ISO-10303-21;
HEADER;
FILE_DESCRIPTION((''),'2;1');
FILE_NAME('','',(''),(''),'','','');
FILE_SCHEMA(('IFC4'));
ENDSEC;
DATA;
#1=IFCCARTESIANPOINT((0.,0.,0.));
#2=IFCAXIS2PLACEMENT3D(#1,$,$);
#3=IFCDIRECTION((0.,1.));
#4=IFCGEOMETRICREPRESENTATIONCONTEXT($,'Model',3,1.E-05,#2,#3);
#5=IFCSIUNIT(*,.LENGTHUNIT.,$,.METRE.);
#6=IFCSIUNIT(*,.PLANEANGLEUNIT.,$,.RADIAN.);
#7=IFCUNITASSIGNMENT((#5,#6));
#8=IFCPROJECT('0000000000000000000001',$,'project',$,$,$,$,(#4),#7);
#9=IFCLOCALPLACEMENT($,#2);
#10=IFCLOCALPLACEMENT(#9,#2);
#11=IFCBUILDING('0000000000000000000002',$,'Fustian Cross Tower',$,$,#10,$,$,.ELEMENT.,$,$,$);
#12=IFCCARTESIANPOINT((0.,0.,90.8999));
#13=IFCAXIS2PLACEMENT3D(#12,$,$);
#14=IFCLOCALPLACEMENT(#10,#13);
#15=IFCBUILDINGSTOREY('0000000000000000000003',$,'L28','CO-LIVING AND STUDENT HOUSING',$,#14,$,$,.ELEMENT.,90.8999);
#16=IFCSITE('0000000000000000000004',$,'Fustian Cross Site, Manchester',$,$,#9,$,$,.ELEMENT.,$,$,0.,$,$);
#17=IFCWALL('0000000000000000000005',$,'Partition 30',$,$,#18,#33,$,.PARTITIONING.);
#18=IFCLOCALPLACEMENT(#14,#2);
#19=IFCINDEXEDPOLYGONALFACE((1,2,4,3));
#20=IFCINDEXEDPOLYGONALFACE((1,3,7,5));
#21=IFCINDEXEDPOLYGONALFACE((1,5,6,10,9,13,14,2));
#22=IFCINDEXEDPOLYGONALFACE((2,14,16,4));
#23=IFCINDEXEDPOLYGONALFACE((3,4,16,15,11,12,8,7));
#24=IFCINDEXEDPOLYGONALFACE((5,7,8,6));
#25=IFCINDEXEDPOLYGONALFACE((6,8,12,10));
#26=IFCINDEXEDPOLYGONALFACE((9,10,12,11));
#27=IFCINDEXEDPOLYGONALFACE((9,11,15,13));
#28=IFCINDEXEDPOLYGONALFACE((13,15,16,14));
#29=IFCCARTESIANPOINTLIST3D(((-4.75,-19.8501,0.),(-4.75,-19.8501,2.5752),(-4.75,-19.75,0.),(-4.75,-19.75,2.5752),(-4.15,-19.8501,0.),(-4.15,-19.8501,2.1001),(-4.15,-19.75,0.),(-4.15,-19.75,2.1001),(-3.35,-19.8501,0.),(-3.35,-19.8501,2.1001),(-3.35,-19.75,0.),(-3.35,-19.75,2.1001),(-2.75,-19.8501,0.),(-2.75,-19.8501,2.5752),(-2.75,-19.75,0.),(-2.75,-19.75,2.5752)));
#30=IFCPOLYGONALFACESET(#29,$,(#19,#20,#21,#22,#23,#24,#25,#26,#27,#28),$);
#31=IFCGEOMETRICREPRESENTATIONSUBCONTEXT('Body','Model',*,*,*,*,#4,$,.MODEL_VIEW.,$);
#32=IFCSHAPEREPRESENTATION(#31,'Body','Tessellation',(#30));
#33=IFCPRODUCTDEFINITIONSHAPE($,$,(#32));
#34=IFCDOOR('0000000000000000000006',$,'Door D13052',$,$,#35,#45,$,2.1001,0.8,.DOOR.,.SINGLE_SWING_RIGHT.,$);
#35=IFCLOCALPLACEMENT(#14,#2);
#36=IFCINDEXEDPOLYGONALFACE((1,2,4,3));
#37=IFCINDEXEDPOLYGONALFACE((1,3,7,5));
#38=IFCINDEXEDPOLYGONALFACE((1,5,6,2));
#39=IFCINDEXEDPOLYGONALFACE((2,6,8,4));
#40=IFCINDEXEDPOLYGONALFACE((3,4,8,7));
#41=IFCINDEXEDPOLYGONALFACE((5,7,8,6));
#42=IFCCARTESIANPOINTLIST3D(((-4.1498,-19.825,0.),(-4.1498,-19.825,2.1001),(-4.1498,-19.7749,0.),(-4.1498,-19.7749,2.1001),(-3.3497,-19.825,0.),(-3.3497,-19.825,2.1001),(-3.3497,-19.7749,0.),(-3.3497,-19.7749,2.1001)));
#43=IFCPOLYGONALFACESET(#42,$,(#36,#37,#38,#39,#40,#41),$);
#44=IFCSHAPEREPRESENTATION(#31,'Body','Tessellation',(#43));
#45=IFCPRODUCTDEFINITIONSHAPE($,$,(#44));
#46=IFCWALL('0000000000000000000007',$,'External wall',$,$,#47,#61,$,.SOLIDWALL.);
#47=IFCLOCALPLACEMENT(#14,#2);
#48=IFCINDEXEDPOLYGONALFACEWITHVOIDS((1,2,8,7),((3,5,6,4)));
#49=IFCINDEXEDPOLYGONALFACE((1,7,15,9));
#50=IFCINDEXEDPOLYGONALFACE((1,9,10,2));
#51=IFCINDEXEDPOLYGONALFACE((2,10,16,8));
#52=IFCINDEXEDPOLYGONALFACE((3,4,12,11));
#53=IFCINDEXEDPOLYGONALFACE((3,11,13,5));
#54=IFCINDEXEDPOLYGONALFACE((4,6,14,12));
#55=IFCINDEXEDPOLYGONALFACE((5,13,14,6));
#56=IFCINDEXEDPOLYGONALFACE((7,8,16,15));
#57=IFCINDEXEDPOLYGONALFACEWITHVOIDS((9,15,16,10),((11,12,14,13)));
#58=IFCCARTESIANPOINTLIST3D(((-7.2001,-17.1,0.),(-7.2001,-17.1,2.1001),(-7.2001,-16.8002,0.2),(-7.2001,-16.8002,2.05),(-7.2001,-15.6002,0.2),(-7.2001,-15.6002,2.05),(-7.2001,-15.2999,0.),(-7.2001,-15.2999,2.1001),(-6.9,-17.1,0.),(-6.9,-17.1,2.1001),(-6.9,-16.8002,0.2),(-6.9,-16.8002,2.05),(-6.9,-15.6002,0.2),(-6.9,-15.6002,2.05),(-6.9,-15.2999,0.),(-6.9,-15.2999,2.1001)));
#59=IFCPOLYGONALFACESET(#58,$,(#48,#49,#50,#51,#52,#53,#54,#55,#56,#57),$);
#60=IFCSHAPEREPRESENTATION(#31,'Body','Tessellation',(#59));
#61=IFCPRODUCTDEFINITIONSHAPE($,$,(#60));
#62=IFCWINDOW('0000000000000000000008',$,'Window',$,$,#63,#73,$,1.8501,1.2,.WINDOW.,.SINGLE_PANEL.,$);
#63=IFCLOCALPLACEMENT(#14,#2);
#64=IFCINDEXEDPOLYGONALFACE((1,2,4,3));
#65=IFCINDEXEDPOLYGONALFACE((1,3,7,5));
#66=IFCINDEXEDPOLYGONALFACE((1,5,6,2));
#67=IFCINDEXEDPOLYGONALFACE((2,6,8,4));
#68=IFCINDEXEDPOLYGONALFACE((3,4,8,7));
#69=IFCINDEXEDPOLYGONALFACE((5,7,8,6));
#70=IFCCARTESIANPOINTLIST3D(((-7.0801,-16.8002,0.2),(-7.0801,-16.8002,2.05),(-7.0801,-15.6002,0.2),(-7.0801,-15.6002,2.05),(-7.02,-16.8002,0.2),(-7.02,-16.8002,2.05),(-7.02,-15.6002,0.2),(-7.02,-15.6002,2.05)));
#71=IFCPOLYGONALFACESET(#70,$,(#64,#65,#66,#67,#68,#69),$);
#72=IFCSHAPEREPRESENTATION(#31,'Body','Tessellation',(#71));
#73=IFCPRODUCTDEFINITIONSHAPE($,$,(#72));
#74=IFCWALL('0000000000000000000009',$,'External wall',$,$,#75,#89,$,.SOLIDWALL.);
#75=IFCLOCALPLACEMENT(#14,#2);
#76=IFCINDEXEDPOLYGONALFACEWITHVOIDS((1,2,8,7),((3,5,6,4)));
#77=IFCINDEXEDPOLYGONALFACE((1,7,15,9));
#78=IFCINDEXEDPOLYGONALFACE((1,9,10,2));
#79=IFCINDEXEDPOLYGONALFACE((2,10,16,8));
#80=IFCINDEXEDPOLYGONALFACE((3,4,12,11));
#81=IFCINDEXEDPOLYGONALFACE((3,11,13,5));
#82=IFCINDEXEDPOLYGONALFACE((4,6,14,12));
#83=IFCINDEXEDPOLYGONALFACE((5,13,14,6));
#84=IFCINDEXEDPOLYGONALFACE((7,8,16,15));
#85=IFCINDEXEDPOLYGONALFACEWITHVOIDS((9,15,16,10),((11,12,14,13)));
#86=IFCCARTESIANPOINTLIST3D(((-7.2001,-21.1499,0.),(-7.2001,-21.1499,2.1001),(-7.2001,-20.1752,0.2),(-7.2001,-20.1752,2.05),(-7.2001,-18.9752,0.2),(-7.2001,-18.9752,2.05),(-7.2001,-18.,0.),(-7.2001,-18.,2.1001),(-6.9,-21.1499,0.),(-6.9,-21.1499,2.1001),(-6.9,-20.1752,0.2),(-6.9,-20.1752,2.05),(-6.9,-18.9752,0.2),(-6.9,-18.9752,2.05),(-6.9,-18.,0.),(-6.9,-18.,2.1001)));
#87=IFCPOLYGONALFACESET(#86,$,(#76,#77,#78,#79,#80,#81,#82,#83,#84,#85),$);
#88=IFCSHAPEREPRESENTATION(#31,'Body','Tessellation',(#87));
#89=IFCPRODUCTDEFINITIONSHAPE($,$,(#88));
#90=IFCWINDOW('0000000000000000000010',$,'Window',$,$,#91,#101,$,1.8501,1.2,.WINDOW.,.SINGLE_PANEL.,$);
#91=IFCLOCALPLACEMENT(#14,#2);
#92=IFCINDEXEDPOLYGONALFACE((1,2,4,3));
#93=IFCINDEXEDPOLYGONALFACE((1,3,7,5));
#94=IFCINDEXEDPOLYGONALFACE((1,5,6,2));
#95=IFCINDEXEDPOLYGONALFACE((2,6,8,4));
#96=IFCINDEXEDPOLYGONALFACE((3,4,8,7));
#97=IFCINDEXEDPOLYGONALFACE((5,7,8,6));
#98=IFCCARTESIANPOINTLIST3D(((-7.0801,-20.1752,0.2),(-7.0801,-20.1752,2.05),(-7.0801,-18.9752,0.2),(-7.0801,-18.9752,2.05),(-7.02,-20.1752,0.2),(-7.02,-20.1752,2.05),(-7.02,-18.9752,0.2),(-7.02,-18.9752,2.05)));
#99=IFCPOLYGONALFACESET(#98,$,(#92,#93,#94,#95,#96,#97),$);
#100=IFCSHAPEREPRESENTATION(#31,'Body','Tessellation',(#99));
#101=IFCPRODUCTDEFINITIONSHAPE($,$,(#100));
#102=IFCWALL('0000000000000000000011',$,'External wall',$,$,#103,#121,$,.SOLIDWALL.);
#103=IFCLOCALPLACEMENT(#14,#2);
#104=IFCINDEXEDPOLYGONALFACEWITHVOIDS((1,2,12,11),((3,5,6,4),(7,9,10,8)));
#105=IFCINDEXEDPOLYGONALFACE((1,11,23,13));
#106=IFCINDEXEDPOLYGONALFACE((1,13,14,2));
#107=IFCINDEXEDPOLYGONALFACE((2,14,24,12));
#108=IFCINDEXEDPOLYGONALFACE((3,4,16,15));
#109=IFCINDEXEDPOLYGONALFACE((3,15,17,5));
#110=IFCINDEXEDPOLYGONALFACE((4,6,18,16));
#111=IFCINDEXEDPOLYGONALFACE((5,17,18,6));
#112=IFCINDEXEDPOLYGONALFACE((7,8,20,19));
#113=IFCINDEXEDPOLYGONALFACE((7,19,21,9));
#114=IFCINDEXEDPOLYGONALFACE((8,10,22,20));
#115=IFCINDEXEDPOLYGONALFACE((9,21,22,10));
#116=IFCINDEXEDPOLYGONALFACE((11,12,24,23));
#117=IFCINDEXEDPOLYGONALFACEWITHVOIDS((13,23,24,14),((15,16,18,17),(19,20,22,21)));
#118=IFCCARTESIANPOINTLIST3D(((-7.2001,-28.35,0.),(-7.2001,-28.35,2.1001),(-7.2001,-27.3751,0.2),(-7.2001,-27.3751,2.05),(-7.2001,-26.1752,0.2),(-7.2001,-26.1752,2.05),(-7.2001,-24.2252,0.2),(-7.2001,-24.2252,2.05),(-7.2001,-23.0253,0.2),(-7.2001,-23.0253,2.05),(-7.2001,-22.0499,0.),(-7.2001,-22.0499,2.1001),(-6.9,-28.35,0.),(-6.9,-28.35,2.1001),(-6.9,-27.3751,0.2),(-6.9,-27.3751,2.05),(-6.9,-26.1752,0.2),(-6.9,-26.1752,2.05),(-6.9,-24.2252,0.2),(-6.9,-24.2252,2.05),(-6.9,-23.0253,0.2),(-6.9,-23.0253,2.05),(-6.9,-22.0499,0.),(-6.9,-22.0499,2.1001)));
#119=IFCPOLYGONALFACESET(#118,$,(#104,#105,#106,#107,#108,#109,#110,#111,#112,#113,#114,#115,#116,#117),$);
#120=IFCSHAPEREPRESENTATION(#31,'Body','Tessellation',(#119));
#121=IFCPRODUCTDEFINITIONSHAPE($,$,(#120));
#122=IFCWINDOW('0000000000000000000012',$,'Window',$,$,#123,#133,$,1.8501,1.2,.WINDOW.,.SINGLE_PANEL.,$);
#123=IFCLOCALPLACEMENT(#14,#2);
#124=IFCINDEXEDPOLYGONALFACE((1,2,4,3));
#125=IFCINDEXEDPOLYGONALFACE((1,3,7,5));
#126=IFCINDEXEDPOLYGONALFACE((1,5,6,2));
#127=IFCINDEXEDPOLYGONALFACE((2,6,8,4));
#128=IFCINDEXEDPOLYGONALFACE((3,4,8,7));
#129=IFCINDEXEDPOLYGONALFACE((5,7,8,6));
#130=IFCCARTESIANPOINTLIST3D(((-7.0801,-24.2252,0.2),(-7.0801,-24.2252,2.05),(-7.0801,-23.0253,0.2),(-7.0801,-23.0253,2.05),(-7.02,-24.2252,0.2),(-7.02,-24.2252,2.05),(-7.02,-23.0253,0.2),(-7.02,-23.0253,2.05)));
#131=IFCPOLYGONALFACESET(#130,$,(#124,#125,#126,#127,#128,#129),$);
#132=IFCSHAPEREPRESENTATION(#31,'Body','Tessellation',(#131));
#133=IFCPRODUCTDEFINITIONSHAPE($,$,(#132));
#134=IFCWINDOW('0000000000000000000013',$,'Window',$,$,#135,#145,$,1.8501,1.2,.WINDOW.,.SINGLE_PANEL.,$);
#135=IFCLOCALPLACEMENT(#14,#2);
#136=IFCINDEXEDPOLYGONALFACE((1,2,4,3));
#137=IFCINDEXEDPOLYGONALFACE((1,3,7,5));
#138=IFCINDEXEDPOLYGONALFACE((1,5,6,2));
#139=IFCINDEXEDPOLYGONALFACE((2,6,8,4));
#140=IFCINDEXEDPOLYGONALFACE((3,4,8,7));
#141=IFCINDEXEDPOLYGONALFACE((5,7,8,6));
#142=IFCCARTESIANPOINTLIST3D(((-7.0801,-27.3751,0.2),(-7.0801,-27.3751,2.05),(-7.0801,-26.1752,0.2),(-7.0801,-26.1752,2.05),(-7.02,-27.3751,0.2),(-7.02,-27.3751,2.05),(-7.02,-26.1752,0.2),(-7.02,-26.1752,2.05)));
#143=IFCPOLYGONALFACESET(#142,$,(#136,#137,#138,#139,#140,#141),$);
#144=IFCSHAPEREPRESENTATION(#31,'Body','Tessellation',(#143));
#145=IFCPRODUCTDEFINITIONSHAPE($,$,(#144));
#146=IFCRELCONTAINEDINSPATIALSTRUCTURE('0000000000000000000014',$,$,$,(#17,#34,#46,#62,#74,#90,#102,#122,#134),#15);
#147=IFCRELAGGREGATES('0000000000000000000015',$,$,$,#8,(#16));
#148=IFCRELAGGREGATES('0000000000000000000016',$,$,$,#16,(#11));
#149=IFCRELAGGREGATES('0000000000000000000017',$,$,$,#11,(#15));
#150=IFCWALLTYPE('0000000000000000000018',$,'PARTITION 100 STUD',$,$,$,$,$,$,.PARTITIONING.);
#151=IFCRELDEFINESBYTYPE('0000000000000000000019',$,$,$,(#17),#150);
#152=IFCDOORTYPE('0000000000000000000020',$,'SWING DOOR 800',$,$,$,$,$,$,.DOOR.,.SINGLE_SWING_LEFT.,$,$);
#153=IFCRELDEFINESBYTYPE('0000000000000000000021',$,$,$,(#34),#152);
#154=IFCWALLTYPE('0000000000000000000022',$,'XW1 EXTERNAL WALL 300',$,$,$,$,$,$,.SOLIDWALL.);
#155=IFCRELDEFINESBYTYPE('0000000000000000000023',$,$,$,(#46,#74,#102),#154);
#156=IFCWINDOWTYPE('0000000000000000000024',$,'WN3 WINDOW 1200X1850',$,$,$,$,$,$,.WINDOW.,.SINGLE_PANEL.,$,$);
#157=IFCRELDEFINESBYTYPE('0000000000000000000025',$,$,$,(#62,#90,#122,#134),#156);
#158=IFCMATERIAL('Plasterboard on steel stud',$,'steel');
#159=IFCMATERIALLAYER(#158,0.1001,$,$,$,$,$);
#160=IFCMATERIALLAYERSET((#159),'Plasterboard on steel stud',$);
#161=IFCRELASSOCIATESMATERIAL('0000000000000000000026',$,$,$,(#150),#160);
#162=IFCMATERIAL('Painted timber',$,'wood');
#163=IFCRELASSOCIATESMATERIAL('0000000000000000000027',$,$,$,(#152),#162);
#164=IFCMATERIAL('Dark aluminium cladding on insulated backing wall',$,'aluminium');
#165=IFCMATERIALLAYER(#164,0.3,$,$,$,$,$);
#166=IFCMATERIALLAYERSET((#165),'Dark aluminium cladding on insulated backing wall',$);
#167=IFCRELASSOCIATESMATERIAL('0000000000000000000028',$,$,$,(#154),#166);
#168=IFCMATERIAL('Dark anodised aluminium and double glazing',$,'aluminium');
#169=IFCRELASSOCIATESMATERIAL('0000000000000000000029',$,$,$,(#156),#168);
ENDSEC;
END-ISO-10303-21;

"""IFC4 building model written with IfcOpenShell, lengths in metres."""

from ifc_helpers import new_model, si_unit, direction, frame, frame_2d, origin, place, context, subcontext, project, spatial, rectangle, extrude, material, layer, layer_set, type_object, element, fill, save


model = new_model("IFC4")

# Units and contexts
model_context = context("Model", 3, precision=1e-05, world=origin(), true_north=direction((0.0, 1.0)))
body_context = subcontext(model_context, "Body", "Model", "MODEL_VIEW")
ifc_project = project(units=[si_unit("LENGTHUNIT", "METRE"), si_unit("PLANEANGLEUNIT", "RADIAN")], contexts=[model_context])

# Site, building, storey
site_placement = place(None, origin())
site = spatial("IfcSite", under=ifc_project, at=site_placement, Name="Fustian Cross Site, Manchester", CompositionType="ELEMENT", RefElevation=0.0)
building_placement = place(site_placement, origin())
building = spatial("IfcBuilding", under=site, at=building_placement, Name="Fustian Cross Tower", CompositionType="ELEMENT")
storey_placement = place(building_placement, frame((0.0, 0.0, 90.8999)))
storey = spatial("IfcBuildingStorey", under=building, at=storey_placement, Name="L28", Description="CO-LIVING AND STUDENT HOUSING", CompositionType="ELEMENT", Elevation=90.8999)

# Shared definitions
ifc_material_1 = material(Name="Plasterboard on steel stud", Category="steel")
ifc_layer_1 = layer(ifc_material_1, 0.1001)
ifc_layer_set_1 = layer_set([ifc_layer_1], Name="Plasterboard on steel stud")
wall_type_1 = type_object("IfcWallType", Name="PARTITION 100 STUD", PredefinedType="PARTITIONING", material=ifc_layer_set_1)

# Shared definitions
ifc_material_2 = material(Name="Painted timber", Category="wood")
door_type = type_object("IfcDoorType", Name="SWING DOOR 800", OperationType="SINGLE_SWING_LEFT", PredefinedType="DOOR", material=ifc_material_2)

# Wall, opening, door
wall_1_placement = place(storey_placement, frame((-4.75, -19.8, 0.0), z_axis=(0.0, 0.0, 1.0), x_axis=(1.0, 0.0, 0.0)))
wall_1 = element("IfcWall", 1, at=wall_1_placement, inside=storey, type_object=wall_type_1, Name="Partition 30", PredefinedType="PARTITIONING", context=body_context, shape_type="SweptSolid", body=[
    extrude(rectangle(XDim=2.0, YDim=0.1001, at=frame_2d((1.0, 0.0))), origin(), (0.0, 0.0, 1.0), 2.5752),
])
opening_1_placement = place(wall_1_placement, frame((0.6001, 0.0, 0.0)))
opening_1 = element("IfcOpeningElement", 2, at=opening_1_placement, cuts=wall_1, PredefinedType="OPENING", context=body_context, shape_type="SweptSolid", body=[
    extrude(rectangle(XDim=0.8, YDim=2.1001, at=frame_2d((0.3999, 1.05))), frame((0.0, 0.0601, 0.0), z_axis=(0.0, -1.0, 0.0), x_axis=(1.0, 0.0, 0.0)), (0.0, 0.0, 1.0), 0.1201),
])
door_1_placement = place(opening_1_placement, frame((0.8, 0.0, 0.0), z_axis=(0.0, 0.0, 1.0), x_axis=(-1.0, 0.0, 0.0)))
door_1 = element("IfcDoor", 3, at=door_1_placement, inside=storey, type_object=door_type, Name="Door D13052", OperationType="SINGLE_SWING_RIGHT", OverallHeight=2.1001, OverallWidth=0.8, PredefinedType="DOOR", context=body_context, shape_type="SweptSolid", body=[
    extrude(rectangle(XDim=0.8, YDim=2.1001, at=frame_2d((0.3999, 1.05))), frame((0.0, 0.0249, 0.0), z_axis=(0.0, -1.0, 0.0), x_axis=(1.0, 0.0, 0.0)), (0.0, 0.0, 1.0), 0.05),
])
fill(opening_1, door_1)

# Walls, openings, windows
ifc_material_3 = material(Name="Dark aluminium cladding on insulated backing wall", Category="aluminium")
ifc_layer_2 = layer(ifc_material_3, 0.3)
ifc_layer_set_2 = layer_set([ifc_layer_2], Name="Dark aluminium cladding on insulated backing wall")
wall_type_2 = type_object("IfcWallType", Name="XW1 EXTERNAL WALL 300", PredefinedType="SOLIDWALL", material=ifc_layer_set_2)
wall_2_placement = place(storey_placement, frame((-7.05, -15.3, 0.0), z_axis=(0.0, 0.0, 1.0), x_axis=(0.0, -1.0, 0.0)))
wall_2 = element("IfcWall", 4, at=wall_2_placement, inside=storey, type_object=wall_type_2, Name="External wall", PredefinedType="SOLIDWALL", context=body_context, shape_type="SweptSolid", body=[
    extrude(rectangle(XDim=1.8, YDim=0.3, at=frame_2d((0.8999, 0.0))), origin(), (0.0, 0.0, 1.0), 2.1001),
])
opening_2_placement = place(wall_2_placement, frame((0.3, 0.0, 0.2)))
opening_2 = element("IfcOpeningElement", 5, at=opening_2_placement, cuts=wall_2, PredefinedType="OPENING", context=body_context, shape_type="SweptSolid", body=[
    extrude(rectangle(XDim=1.2, YDim=1.8501, at=frame_2d((0.6001, 0.925))), frame((0.0, 0.1599, 0.0), z_axis=(0.0, -1.0, 0.0), x_axis=(1.0, 0.0, 0.0)), (0.0, 0.0, 1.0), 0.3201),
])
ifc_material_4 = material(Name="Dark anodised aluminium and double glazing", Category="aluminium")
window_type = type_object("IfcWindowType", Name="WN3 WINDOW 1200X1850", PartitioningType="SINGLE_PANEL", PredefinedType="WINDOW", material=ifc_material_4)
window_1_placement = place(opening_2_placement, origin())
window_1 = element("IfcWindow", 6, at=window_1_placement, inside=storey, type_object=window_type, Name="Window", OverallHeight=1.8501, OverallWidth=1.2, PartitioningType="SINGLE_PANEL", PredefinedType="WINDOW", context=body_context, shape_type="SweptSolid", body=[
    extrude(rectangle(XDim=1.2, YDim=1.8501, at=frame_2d((0.6001, 0.925))), frame((0.0, 0.03, 0.0), z_axis=(0.0, -1.0, 0.0), x_axis=(1.0, 0.0, 0.0)), (0.0, 0.0, 1.0), 0.0601),
])
fill(opening_2, window_1)
wall_3_placement = place(storey_placement, frame((-7.05, -18.0, 0.0), z_axis=(0.0, 0.0, 1.0), x_axis=(0.0, -1.0, 0.0)))
wall_3 = element("IfcWall", 7, at=wall_3_placement, inside=storey, type_object=wall_type_2, Name="External wall", PredefinedType="SOLIDWALL", context=body_context, shape_type="SweptSolid", body=[
    extrude(rectangle(XDim=3.1499, YDim=0.3, at=frame_2d((1.575, 0.0))), origin(), (0.0, 0.0, 1.0), 2.1001),
])
opening_3_placement = place(wall_3_placement, frame((0.9751, 0.0, 0.2)))
opening_3 = element("IfcOpeningElement", 8, at=opening_3_placement, cuts=wall_3, PredefinedType="OPENING", context=body_context, shape_type="SweptSolid", body=[
    extrude(rectangle(XDim=1.2, YDim=1.8501, at=frame_2d((0.6001, 0.925))), frame((0.0, 0.1599, 0.0), z_axis=(0.0, -1.0, 0.0), x_axis=(1.0, 0.0, 0.0)), (0.0, 0.0, 1.0), 0.3201),
])
window_2_placement = place(opening_3_placement, origin())
window_2 = element("IfcWindow", 9, at=window_2_placement, inside=storey, type_object=window_type, Name="Window", OverallHeight=1.8501, OverallWidth=1.2, PartitioningType="SINGLE_PANEL", PredefinedType="WINDOW", context=body_context, shape_type="SweptSolid", body=[
    extrude(rectangle(XDim=1.2, YDim=1.8501, at=frame_2d((0.6001, 0.925))), frame((0.0, 0.03, 0.0), z_axis=(0.0, -1.0, 0.0), x_axis=(1.0, 0.0, 0.0)), (0.0, 0.0, 1.0), 0.0601),
])
fill(opening_3, window_2)

# Wall, openings, windows
wall_4_placement = place(storey_placement, frame((-7.05, -22.05, 0.0), z_axis=(0.0, 0.0, 1.0), x_axis=(0.0, -1.0, 0.0)))
wall_4 = element("IfcWall", 10, at=wall_4_placement, inside=storey, type_object=wall_type_2, Name="External wall", PredefinedType="SOLIDWALL", context=body_context, shape_type="SweptSolid", body=[
    extrude(rectangle(XDim=6.3, YDim=0.3, at=frame_2d((3.1499, 0.0))), origin(), (0.0, 0.0, 1.0), 2.1001),
])
opening_4_placement = place(wall_4_placement, frame((0.9751, 0.0, 0.2)))
opening_4 = element("IfcOpeningElement", 11, at=opening_4_placement, cuts=wall_4, PredefinedType="OPENING", context=body_context, shape_type="SweptSolid", body=[
    extrude(rectangle(XDim=1.2, YDim=1.8501, at=frame_2d((0.6001, 0.925))), frame((0.0, 0.1599, 0.0), z_axis=(0.0, -1.0, 0.0), x_axis=(1.0, 0.0, 0.0)), (0.0, 0.0, 1.0), 0.3201),
])
opening_5_placement = place(wall_4_placement, frame((4.125, 0.0, 0.2)))
opening_5 = element("IfcOpeningElement", 12, at=opening_5_placement, cuts=wall_4, PredefinedType="OPENING", context=body_context, shape_type="SweptSolid", body=[
    extrude(rectangle(XDim=1.2, YDim=1.8501, at=frame_2d((0.6001, 0.925))), frame((0.0, 0.1599, 0.0), z_axis=(0.0, -1.0, 0.0), x_axis=(1.0, 0.0, 0.0)), (0.0, 0.0, 1.0), 0.3201),
])
window_3_placement = place(opening_4_placement, origin())
window_3 = element("IfcWindow", 13, at=window_3_placement, inside=storey, type_object=window_type, Name="Window", OverallHeight=1.8501, OverallWidth=1.2, PartitioningType="SINGLE_PANEL", PredefinedType="WINDOW", context=body_context, shape_type="SweptSolid", body=[
    extrude(rectangle(XDim=1.2, YDim=1.8501, at=frame_2d((0.6001, 0.925))), frame((0.0, 0.03, 0.0), z_axis=(0.0, -1.0, 0.0), x_axis=(1.0, 0.0, 0.0)), (0.0, 0.0, 1.0), 0.0601),
])
fill(opening_4, window_3)
window_4_placement = place(opening_5_placement, origin())
window_4 = element("IfcWindow", 14, at=window_4_placement, inside=storey, type_object=window_type, Name="Window", OverallHeight=1.8501, OverallWidth=1.2, PartitioningType="SINGLE_PANEL", PredefinedType="WINDOW", context=body_context, shape_type="SweptSolid", body=[
    extrude(rectangle(XDim=1.2, YDim=1.8501, at=frame_2d((0.6001, 0.925))), frame((0.0, 0.03, 0.0), z_axis=(0.0, -1.0, 0.0), x_axis=(1.0, 0.0, 0.0)), (0.0, 0.0, 1.0), 0.0601),
])
fill(opening_5, window_4)

save(model, "model.ifc")
